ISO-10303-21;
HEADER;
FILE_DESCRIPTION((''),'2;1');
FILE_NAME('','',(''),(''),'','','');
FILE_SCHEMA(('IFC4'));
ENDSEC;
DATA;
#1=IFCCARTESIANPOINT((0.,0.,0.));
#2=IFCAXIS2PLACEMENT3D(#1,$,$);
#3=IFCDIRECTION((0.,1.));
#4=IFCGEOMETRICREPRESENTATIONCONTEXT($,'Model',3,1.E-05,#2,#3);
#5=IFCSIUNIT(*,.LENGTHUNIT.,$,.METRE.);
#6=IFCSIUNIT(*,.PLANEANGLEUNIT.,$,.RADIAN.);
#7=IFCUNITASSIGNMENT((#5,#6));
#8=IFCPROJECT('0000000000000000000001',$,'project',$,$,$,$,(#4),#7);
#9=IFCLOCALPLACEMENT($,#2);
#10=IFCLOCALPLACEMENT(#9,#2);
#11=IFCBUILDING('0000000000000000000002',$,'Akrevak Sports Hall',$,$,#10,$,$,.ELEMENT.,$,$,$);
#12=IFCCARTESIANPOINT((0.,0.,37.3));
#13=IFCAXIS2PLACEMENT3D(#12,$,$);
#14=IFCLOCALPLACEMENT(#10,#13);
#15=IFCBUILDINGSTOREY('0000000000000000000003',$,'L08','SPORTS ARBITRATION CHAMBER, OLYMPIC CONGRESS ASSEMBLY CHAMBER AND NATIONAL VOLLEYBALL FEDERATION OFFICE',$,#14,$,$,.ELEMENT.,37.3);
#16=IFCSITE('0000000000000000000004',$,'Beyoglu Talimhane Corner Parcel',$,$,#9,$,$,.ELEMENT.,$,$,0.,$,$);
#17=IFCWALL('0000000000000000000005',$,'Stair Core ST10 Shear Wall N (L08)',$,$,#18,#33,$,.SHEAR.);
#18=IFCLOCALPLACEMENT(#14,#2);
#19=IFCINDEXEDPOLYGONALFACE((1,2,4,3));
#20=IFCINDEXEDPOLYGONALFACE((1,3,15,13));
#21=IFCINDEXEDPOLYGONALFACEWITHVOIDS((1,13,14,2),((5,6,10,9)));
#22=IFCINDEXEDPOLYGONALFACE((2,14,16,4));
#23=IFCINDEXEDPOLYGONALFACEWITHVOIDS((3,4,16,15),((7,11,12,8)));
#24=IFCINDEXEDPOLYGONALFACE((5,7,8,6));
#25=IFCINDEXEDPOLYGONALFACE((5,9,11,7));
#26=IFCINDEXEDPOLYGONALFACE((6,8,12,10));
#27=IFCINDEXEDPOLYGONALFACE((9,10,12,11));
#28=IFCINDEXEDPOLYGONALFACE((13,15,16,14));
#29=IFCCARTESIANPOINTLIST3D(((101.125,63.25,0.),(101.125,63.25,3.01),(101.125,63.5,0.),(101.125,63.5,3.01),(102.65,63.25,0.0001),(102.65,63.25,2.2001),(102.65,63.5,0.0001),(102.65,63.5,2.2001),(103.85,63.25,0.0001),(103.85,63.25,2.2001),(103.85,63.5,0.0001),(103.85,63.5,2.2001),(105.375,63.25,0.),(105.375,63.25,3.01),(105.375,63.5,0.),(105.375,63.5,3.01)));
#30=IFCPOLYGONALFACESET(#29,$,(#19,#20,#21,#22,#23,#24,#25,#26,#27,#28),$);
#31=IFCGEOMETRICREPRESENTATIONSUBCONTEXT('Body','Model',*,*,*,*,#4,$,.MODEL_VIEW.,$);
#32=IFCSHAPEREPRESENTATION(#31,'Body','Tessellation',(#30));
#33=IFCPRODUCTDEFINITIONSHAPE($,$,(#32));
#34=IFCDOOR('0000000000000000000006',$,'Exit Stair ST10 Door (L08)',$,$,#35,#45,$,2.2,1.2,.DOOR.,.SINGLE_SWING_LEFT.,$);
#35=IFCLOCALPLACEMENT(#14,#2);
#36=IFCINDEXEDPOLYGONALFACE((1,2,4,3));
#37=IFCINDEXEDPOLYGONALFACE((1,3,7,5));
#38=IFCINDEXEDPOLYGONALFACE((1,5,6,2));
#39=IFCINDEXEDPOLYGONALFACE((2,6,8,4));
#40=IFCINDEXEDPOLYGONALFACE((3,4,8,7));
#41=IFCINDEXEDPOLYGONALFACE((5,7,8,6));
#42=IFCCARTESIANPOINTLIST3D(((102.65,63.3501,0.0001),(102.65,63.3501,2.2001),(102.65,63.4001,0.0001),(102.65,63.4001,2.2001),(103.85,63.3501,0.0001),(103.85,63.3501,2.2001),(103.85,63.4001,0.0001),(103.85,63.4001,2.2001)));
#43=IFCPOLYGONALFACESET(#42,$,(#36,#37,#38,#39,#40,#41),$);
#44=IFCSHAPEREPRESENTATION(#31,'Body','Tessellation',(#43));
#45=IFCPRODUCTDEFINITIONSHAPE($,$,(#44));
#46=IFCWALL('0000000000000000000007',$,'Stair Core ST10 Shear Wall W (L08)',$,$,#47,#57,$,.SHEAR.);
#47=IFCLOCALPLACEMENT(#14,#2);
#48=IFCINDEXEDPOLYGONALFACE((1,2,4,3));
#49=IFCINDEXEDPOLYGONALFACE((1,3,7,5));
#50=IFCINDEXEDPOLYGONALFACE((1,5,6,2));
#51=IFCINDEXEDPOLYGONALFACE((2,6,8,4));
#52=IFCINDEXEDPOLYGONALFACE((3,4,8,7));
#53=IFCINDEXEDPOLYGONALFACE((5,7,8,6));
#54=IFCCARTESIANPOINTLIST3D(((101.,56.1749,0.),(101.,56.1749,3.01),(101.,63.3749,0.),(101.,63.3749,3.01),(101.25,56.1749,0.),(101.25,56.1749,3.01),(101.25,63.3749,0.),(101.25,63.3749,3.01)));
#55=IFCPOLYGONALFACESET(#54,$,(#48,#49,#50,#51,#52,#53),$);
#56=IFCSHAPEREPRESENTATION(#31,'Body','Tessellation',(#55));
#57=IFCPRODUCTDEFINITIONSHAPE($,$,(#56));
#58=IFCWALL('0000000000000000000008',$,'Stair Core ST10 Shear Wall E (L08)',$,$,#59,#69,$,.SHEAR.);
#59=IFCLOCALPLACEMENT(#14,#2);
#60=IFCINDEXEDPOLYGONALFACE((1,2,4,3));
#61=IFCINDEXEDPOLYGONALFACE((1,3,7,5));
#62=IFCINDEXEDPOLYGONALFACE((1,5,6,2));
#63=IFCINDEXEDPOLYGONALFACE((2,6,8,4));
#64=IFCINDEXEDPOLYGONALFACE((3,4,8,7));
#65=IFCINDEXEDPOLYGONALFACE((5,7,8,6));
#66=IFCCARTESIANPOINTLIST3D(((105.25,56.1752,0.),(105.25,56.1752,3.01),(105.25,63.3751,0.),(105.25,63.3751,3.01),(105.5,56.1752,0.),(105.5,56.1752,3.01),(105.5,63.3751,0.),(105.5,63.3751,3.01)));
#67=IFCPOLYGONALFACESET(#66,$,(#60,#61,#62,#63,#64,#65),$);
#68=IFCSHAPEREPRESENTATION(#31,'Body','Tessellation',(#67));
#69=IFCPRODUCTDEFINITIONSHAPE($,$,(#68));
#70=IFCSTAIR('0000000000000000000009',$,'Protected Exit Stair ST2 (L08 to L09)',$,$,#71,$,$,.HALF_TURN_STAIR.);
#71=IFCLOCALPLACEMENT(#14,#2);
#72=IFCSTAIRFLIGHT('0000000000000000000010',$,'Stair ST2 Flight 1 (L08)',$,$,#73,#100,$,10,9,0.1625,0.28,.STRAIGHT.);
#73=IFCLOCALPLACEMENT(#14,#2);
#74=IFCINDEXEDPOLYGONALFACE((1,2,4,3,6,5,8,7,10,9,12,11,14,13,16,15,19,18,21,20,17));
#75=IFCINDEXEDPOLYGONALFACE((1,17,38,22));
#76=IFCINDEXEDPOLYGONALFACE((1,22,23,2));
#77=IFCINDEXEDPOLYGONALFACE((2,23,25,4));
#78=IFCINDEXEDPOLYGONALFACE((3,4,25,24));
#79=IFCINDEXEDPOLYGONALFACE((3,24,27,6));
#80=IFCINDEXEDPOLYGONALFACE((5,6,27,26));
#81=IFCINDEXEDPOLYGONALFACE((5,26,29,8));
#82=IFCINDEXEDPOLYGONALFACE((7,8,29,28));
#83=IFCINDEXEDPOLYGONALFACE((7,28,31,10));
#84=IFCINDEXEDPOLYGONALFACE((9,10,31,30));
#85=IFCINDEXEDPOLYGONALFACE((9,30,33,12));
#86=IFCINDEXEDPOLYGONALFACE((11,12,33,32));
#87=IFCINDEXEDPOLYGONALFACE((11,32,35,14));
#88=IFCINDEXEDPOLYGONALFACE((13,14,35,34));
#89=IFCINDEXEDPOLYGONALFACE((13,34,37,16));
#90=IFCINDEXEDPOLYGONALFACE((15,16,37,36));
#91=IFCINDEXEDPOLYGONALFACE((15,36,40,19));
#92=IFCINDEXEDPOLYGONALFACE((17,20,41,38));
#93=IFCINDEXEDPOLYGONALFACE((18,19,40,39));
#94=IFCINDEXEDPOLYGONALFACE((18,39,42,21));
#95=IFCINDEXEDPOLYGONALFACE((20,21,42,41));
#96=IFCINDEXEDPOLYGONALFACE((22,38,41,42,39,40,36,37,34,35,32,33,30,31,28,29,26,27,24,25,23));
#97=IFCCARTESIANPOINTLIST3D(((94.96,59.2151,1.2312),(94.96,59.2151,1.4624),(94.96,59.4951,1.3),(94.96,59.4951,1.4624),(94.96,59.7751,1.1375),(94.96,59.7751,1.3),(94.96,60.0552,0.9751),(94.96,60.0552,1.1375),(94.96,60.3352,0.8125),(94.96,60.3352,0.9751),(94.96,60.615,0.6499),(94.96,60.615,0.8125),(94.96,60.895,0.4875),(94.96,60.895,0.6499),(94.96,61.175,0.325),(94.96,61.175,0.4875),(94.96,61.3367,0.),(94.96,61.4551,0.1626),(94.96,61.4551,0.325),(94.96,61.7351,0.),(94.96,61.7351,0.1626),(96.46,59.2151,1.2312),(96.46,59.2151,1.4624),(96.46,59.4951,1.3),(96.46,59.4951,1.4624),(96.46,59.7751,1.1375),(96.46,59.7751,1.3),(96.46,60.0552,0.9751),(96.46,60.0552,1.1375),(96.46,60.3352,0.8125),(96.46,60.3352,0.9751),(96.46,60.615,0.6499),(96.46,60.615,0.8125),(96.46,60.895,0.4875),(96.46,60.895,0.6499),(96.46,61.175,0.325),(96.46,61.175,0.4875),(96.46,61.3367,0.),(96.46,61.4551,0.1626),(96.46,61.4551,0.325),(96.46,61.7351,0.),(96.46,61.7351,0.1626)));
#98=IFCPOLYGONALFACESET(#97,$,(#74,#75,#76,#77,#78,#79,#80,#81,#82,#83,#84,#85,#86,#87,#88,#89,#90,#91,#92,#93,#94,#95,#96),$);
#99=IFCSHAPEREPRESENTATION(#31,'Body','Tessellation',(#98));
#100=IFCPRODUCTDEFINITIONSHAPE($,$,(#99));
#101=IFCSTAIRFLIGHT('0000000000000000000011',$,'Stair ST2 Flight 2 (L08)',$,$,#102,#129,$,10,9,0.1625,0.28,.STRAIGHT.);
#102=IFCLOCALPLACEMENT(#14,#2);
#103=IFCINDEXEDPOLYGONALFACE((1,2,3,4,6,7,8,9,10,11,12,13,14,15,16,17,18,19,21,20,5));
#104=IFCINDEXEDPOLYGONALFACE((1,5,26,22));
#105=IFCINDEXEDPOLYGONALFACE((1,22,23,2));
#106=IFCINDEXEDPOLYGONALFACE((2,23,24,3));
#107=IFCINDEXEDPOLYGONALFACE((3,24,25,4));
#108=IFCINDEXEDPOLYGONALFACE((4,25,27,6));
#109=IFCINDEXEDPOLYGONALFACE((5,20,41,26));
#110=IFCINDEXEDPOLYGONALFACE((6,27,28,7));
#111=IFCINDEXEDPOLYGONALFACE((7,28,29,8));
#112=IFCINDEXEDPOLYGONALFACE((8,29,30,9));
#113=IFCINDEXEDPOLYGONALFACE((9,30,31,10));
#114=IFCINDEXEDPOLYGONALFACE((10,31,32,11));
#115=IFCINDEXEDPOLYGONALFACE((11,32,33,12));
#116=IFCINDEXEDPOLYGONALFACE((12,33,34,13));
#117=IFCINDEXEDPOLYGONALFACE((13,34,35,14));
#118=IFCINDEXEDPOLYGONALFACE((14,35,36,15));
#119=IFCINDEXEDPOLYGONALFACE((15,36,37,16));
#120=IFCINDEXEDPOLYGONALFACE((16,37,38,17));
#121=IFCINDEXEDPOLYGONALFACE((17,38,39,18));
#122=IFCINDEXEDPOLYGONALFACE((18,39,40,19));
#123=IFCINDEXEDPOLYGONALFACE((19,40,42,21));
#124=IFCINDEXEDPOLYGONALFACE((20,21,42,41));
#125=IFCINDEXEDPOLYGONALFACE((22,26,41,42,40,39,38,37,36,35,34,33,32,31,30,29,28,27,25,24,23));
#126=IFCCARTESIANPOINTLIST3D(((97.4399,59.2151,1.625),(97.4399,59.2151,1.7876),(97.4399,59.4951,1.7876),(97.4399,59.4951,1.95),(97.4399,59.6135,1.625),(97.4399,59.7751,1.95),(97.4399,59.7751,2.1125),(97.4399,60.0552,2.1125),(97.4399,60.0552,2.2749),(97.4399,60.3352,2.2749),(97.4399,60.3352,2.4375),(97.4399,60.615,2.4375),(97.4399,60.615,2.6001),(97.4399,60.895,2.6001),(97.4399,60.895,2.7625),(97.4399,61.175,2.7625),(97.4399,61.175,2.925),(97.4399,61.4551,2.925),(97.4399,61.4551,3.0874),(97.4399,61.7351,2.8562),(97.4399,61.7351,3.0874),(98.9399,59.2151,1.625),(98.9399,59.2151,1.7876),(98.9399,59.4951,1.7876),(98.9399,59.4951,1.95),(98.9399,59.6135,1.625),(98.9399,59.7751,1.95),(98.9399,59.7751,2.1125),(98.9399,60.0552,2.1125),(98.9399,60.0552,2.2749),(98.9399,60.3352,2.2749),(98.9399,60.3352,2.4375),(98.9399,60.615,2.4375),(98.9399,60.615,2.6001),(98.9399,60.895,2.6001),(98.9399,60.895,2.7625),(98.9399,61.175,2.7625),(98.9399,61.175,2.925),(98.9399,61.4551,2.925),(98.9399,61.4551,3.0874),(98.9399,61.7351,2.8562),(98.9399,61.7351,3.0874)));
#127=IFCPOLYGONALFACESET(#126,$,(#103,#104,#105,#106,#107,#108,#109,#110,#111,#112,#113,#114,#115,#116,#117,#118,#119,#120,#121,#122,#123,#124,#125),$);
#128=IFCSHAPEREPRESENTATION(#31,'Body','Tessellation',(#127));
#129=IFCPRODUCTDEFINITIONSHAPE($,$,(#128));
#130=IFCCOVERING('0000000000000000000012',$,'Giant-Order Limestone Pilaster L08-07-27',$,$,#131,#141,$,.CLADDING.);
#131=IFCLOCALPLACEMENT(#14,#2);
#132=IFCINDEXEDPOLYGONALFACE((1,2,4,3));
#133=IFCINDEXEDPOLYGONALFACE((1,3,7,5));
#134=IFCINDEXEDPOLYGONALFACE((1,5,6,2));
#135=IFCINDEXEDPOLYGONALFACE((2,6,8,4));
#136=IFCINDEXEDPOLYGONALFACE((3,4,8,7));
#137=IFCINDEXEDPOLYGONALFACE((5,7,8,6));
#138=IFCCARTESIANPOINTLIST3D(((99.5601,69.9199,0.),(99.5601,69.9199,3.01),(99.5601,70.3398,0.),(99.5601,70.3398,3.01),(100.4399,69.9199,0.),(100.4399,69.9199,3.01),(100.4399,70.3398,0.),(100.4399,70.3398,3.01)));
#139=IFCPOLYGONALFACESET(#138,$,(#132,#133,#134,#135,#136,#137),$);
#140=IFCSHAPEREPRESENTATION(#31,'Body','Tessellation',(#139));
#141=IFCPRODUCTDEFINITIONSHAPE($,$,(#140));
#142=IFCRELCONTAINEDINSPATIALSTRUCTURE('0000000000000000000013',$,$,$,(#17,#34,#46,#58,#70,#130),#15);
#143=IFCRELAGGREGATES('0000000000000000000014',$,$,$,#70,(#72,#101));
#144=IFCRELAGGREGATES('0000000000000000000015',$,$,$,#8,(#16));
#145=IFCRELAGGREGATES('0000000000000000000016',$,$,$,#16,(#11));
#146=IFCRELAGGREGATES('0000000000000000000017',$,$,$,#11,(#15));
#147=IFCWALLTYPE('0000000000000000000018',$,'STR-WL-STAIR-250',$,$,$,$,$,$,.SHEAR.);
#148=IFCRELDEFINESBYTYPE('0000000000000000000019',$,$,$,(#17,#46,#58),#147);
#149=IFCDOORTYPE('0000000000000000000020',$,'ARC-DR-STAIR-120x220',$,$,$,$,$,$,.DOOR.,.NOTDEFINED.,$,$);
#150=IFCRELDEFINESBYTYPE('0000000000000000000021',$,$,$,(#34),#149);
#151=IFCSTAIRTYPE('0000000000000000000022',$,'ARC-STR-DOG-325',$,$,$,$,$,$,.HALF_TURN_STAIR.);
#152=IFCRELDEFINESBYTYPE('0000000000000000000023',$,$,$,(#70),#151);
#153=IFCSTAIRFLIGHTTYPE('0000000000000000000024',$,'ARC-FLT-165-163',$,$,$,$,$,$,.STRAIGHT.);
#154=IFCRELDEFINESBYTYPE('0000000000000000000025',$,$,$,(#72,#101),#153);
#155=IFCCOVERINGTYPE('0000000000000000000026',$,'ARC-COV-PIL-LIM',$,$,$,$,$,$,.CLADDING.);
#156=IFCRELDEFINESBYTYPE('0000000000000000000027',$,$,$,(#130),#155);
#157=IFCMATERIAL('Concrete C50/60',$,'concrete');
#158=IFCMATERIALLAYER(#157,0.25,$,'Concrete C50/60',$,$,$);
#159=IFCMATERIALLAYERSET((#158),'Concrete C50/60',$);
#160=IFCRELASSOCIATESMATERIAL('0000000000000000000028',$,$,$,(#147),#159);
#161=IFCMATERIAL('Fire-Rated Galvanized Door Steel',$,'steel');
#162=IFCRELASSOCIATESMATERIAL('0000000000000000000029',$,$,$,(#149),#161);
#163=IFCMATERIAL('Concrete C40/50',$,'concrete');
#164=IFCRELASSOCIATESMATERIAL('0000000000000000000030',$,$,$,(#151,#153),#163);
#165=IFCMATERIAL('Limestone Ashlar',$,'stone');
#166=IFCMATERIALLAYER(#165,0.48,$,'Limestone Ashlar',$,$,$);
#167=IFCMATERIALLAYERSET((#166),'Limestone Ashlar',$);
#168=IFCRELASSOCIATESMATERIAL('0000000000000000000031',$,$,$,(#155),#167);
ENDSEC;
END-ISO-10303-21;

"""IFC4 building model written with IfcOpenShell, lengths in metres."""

from ifc_helpers import new_model, si_unit, direction, frame, frame_2d, origin, origin_2d, place, context, subcontext, project, spatial, polyline, rectangle, outline, extrude, material, layer, layer_set, type_object, element, fill, aggregate, save


model = new_model("IFC4")

# Units and contexts
model_context = context("Model", 3, precision=1e-05, world=origin(), true_north=direction((0.0, 1.0)))
body_context = subcontext(model_context, "Body", "Model", "MODEL_VIEW")
ifc_project = project(units=[si_unit("LENGTHUNIT", "METRE"), si_unit("PLANEANGLEUNIT", "RADIAN")], contexts=[model_context])

# Site, building, storey
site_placement = place(None, origin())
site = spatial("IfcSite", under=ifc_project, at=site_placement, Name="Beyoglu Talimhane Corner Parcel", CompositionType="ELEMENT", RefElevation=0.0)
building_placement = place(site_placement, origin())
building = spatial("IfcBuilding", under=site, at=building_placement, Name="Akrevak Sports Hall", CompositionType="ELEMENT")
storey_placement = place(building_placement, frame((0.0, 0.0, 37.3)))
storey = spatial("IfcBuildingStorey", under=building, at=storey_placement, Name="L08", Description="SPORTS ARBITRATION CHAMBER, OLYMPIC CONGRESS ASSEMBLY CHAMBER AND NATIONAL VOLLEYBALL FEDERATION OFFICE", CompositionType="ELEMENT", Elevation=37.3)

# Shared definitions
ifc_material_1 = material(Name="Concrete C40/50", Category="concrete")
ifc_material_2 = material(Name="Concrete C50/60", Category="concrete")

# Shared definitions
ifc_material_3 = material(Name="Limestone Ashlar", Category="stone")

# Shared definitions
ifc_material_4 = material(Name="Fire-Rated Galvanized Door Steel", Category="steel")

# Shared definitions
ifc_layer_1 = layer(ifc_material_2, 0.25, Name="Concrete C50/60")
ifc_layer_set_1 = layer_set([ifc_layer_1], Name="Concrete C50/60")
wall_type_1 = type_object("IfcWallType", Name="STR-WL-STAIR-250", PredefinedType="SHEAR", material=ifc_layer_set_1)

# Wall, opening, door
wall_1_placement = place(storey_placement, frame((105.375, 63.375, 0.0), z_axis=(0.0, 0.0, 1.0), x_axis=(-1.0, 0.0, 0.0)))
wall_1 = element("IfcWall", 1, at=wall_1_placement, inside=storey, type_object=wall_type_1, Name="Stair Core ST10 Shear Wall N (L08)", PredefinedType="SHEAR", context=body_context, shape_type="SweptSolid", body=[
    extrude(rectangle(XDim=4.25, YDim=0.25, at=frame_2d((2.125, 0.0))), origin(), (0.0, 0.0, 1.0), 3.01),
])
opening_1_placement = place(wall_1_placement, frame((1.5249, 0.0, 0.0)))
opening_1 = element("IfcOpeningElement", 2, at=opening_1_placement, cuts=wall_1, PredefinedType="OPENING", context=body_context, shape_type="SweptSolid", body=[
    extrude(rectangle(XDim=1.2, YDim=2.2, at=frame_2d((0.6001, 1.1001))), frame((0.0, 0.137, 0.0), z_axis=(0.0, -1.0, 0.0), x_axis=(1.0, 0.0, 0.0)), (0.0, 0.0, 1.0), 0.2739),
])
door_type_1 = type_object("IfcDoorType", Name="ARC-DR-STAIR-120x220", OperationType="NOTDEFINED", PredefinedType="DOOR", material=ifc_material_4)
door_1_placement = place(opening_1_placement, origin())
door_1 = element("IfcDoor", 3, at=door_1_placement, inside=storey, type_object=door_type_1, Name="Exit Stair ST10 Door (L08)", OperationType="SINGLE_SWING_LEFT", OverallHeight=2.2, OverallWidth=1.2, PredefinedType="DOOR", context=body_context, shape_type="SweptSolid", body=[
    extrude(rectangle(XDim=1.2, YDim=2.2, at=frame_2d((0.6001, 1.1001))), frame((0.0, 0.0249, 0.0), z_axis=(0.0, -1.0, 0.0), x_axis=(1.0, 0.0, 0.0)), (0.0, 0.0, 1.0), 0.05),
])
fill(opening_1, door_1)

# Walls
for number, where, z_axis, x_axis, name in (
    (4, (101.125, 63.375, 0.0), (0.0, 0.0, 1.0), (0.0, -1.0, 0.0), "Stair Core ST10 Shear Wall W (L08)"),
    (5, (105.375, 56.175, 0.0), (0.0, 0.0, 1.0), (0.0, 1.0, 0.0), "Stair Core ST10 Shear Wall E (L08)"),
):
    element("IfcWall", number, at=place(storey_placement, frame(where, z_axis=z_axis, x_axis=x_axis)), inside=storey, type_object=wall_type_1, Name=name, PredefinedType="SHEAR", context=body_context, shape_type="SweptSolid", body=[
        extrude(rectangle(XDim=7.2, YDim=0.25, at=frame_2d((3.6001, 0.0))), origin(), (0.0, 0.0, 1.0), 3.01),
    ])

# Stair, stair flights
stair_type = type_object("IfcStairType", Name="ARC-STR-DOG-325", PredefinedType="HALF_TURN_STAIR", material=ifc_material_1)
stair_placement = place(storey_placement, origin())
stair = element("IfcStair", 6, at=stair_placement, inside=storey, type_object=stair_type, Name="Protected Exit Stair ST2 (L08 to L09)", PredefinedType="HALF_TURN_STAIR")
stair_flight_type = type_object("IfcStairFlightType", Name="ARC-FLT-165-163", PredefinedType="STRAIGHT", material=ifc_material_1)
stair_flight_1_placement = place(storey_placement, frame((95.71, 61.7351, 0.0), z_axis=(0.0, 0.0, 1.0), x_axis=(0.0, -1.0, 0.0)))
stair_flight_1 = element("IfcStairFlight", 7, at=stair_flight_1_placement, type_object=stair_flight_type, Name="Stair ST2 Flight 1 (L08)", NumberOfRisers=10, NumberOfTreads=9, PredefinedType="STRAIGHT", RiserHeight=0.1625, TreadLength=0.28, context=body_context, shape_type="SweptSolid", body=[
    extrude(outline(polyline([(0.0, 0.0), (0.0, 0.1626), (0.28, 0.1626), (0.28, 0.325), (0.5601, 0.325), (0.5601, 0.4875), (0.8401, 0.4875), (0.8401, 0.6499), (1.1201, 0.6499), (1.1201, 0.8125), (1.3999, 0.8125), (1.3999, 0.9751), (1.6799, 0.9751), (1.6799, 1.1375), (1.96, 1.1375), (1.96, 1.3), (2.24, 1.3), (2.24, 1.4624), (2.52, 1.4624), (2.52, 1.625), (2.52, 1.2312), (0.3984, 0.0), (0.0, 0.0)])), frame((0.0, 0.75, 0.0), z_axis=(0.0, -1.0, 0.0), x_axis=(1.0, 0.0, 0.0)), (0.0, 0.0, 1.0), 1.5),
])
stair_flight_2_placement = place(storey_placement, frame((98.1899, 59.2151, 1.625), z_axis=(0.0, 0.0, 1.0), x_axis=(0.0, 1.0, 0.0)))
stair_flight_2 = element("IfcStairFlight", 8, at=stair_flight_2_placement, type_object=stair_flight_type, Name="Stair ST2 Flight 2 (L08)", NumberOfRisers=10, NumberOfTreads=9, PredefinedType="STRAIGHT", RiserHeight=0.1625, TreadLength=0.28, context=body_context, shape_type="SweptSolid", body=[
    extrude(outline(polyline([(0.0, 0.0), (0.0, 0.1626), (0.28, 0.1626), (0.28, 0.325), (0.5601, 0.325), (0.5601, 0.4875), (0.8401, 0.4875), (0.8401, 0.6499), (1.1201, 0.6499), (1.1201, 0.8125), (1.3999, 0.8125), (1.3999, 0.9751), (1.6799, 0.9751), (1.6799, 1.1375), (1.96, 1.1375), (1.96, 1.3), (2.24, 1.3), (2.24, 1.4624), (2.52, 1.4624), (2.52, 1.625), (2.52, 1.2312), (0.3984, 0.0), (0.0, 0.0)])), frame((0.0, 0.75, 0.0), z_axis=(0.0, -1.0, 0.0), x_axis=(1.0, 0.0, 0.0)), (0.0, 0.0, 1.0), 1.5),
])
aggregate(stair, [stair_flight_1, stair_flight_2])

# Covering
ifc_layer_2 = layer(ifc_material_3, 0.48, Name="Limestone Ashlar")
ifc_layer_set_2 = layer_set([ifc_layer_2], Name="Limestone Ashlar")
covering_type = type_object("IfcCoveringType", Name="ARC-COV-PIL-LIM", PredefinedType="CLADDING", material=ifc_layer_set_2)
covering_placement = place(storey_placement, frame((100.0, 70.1299, 0.0), z_axis=(0.0, 0.0, 1.0), x_axis=(-1.0, 0.0, 0.0)))
element("IfcCovering", 9, at=covering_placement, inside=storey, type_object=covering_type, Name="Giant-Order Limestone Pilaster L08-07-27", PredefinedType="CLADDING", context=body_context, shape_type="SweptSolid", body=[
    extrude(rectangle(XDim=0.8799, YDim=0.4199, at=origin_2d()), origin(), (0.0, 0.0, 1.0), 3.01),
])

save(model, "model.ifc")
